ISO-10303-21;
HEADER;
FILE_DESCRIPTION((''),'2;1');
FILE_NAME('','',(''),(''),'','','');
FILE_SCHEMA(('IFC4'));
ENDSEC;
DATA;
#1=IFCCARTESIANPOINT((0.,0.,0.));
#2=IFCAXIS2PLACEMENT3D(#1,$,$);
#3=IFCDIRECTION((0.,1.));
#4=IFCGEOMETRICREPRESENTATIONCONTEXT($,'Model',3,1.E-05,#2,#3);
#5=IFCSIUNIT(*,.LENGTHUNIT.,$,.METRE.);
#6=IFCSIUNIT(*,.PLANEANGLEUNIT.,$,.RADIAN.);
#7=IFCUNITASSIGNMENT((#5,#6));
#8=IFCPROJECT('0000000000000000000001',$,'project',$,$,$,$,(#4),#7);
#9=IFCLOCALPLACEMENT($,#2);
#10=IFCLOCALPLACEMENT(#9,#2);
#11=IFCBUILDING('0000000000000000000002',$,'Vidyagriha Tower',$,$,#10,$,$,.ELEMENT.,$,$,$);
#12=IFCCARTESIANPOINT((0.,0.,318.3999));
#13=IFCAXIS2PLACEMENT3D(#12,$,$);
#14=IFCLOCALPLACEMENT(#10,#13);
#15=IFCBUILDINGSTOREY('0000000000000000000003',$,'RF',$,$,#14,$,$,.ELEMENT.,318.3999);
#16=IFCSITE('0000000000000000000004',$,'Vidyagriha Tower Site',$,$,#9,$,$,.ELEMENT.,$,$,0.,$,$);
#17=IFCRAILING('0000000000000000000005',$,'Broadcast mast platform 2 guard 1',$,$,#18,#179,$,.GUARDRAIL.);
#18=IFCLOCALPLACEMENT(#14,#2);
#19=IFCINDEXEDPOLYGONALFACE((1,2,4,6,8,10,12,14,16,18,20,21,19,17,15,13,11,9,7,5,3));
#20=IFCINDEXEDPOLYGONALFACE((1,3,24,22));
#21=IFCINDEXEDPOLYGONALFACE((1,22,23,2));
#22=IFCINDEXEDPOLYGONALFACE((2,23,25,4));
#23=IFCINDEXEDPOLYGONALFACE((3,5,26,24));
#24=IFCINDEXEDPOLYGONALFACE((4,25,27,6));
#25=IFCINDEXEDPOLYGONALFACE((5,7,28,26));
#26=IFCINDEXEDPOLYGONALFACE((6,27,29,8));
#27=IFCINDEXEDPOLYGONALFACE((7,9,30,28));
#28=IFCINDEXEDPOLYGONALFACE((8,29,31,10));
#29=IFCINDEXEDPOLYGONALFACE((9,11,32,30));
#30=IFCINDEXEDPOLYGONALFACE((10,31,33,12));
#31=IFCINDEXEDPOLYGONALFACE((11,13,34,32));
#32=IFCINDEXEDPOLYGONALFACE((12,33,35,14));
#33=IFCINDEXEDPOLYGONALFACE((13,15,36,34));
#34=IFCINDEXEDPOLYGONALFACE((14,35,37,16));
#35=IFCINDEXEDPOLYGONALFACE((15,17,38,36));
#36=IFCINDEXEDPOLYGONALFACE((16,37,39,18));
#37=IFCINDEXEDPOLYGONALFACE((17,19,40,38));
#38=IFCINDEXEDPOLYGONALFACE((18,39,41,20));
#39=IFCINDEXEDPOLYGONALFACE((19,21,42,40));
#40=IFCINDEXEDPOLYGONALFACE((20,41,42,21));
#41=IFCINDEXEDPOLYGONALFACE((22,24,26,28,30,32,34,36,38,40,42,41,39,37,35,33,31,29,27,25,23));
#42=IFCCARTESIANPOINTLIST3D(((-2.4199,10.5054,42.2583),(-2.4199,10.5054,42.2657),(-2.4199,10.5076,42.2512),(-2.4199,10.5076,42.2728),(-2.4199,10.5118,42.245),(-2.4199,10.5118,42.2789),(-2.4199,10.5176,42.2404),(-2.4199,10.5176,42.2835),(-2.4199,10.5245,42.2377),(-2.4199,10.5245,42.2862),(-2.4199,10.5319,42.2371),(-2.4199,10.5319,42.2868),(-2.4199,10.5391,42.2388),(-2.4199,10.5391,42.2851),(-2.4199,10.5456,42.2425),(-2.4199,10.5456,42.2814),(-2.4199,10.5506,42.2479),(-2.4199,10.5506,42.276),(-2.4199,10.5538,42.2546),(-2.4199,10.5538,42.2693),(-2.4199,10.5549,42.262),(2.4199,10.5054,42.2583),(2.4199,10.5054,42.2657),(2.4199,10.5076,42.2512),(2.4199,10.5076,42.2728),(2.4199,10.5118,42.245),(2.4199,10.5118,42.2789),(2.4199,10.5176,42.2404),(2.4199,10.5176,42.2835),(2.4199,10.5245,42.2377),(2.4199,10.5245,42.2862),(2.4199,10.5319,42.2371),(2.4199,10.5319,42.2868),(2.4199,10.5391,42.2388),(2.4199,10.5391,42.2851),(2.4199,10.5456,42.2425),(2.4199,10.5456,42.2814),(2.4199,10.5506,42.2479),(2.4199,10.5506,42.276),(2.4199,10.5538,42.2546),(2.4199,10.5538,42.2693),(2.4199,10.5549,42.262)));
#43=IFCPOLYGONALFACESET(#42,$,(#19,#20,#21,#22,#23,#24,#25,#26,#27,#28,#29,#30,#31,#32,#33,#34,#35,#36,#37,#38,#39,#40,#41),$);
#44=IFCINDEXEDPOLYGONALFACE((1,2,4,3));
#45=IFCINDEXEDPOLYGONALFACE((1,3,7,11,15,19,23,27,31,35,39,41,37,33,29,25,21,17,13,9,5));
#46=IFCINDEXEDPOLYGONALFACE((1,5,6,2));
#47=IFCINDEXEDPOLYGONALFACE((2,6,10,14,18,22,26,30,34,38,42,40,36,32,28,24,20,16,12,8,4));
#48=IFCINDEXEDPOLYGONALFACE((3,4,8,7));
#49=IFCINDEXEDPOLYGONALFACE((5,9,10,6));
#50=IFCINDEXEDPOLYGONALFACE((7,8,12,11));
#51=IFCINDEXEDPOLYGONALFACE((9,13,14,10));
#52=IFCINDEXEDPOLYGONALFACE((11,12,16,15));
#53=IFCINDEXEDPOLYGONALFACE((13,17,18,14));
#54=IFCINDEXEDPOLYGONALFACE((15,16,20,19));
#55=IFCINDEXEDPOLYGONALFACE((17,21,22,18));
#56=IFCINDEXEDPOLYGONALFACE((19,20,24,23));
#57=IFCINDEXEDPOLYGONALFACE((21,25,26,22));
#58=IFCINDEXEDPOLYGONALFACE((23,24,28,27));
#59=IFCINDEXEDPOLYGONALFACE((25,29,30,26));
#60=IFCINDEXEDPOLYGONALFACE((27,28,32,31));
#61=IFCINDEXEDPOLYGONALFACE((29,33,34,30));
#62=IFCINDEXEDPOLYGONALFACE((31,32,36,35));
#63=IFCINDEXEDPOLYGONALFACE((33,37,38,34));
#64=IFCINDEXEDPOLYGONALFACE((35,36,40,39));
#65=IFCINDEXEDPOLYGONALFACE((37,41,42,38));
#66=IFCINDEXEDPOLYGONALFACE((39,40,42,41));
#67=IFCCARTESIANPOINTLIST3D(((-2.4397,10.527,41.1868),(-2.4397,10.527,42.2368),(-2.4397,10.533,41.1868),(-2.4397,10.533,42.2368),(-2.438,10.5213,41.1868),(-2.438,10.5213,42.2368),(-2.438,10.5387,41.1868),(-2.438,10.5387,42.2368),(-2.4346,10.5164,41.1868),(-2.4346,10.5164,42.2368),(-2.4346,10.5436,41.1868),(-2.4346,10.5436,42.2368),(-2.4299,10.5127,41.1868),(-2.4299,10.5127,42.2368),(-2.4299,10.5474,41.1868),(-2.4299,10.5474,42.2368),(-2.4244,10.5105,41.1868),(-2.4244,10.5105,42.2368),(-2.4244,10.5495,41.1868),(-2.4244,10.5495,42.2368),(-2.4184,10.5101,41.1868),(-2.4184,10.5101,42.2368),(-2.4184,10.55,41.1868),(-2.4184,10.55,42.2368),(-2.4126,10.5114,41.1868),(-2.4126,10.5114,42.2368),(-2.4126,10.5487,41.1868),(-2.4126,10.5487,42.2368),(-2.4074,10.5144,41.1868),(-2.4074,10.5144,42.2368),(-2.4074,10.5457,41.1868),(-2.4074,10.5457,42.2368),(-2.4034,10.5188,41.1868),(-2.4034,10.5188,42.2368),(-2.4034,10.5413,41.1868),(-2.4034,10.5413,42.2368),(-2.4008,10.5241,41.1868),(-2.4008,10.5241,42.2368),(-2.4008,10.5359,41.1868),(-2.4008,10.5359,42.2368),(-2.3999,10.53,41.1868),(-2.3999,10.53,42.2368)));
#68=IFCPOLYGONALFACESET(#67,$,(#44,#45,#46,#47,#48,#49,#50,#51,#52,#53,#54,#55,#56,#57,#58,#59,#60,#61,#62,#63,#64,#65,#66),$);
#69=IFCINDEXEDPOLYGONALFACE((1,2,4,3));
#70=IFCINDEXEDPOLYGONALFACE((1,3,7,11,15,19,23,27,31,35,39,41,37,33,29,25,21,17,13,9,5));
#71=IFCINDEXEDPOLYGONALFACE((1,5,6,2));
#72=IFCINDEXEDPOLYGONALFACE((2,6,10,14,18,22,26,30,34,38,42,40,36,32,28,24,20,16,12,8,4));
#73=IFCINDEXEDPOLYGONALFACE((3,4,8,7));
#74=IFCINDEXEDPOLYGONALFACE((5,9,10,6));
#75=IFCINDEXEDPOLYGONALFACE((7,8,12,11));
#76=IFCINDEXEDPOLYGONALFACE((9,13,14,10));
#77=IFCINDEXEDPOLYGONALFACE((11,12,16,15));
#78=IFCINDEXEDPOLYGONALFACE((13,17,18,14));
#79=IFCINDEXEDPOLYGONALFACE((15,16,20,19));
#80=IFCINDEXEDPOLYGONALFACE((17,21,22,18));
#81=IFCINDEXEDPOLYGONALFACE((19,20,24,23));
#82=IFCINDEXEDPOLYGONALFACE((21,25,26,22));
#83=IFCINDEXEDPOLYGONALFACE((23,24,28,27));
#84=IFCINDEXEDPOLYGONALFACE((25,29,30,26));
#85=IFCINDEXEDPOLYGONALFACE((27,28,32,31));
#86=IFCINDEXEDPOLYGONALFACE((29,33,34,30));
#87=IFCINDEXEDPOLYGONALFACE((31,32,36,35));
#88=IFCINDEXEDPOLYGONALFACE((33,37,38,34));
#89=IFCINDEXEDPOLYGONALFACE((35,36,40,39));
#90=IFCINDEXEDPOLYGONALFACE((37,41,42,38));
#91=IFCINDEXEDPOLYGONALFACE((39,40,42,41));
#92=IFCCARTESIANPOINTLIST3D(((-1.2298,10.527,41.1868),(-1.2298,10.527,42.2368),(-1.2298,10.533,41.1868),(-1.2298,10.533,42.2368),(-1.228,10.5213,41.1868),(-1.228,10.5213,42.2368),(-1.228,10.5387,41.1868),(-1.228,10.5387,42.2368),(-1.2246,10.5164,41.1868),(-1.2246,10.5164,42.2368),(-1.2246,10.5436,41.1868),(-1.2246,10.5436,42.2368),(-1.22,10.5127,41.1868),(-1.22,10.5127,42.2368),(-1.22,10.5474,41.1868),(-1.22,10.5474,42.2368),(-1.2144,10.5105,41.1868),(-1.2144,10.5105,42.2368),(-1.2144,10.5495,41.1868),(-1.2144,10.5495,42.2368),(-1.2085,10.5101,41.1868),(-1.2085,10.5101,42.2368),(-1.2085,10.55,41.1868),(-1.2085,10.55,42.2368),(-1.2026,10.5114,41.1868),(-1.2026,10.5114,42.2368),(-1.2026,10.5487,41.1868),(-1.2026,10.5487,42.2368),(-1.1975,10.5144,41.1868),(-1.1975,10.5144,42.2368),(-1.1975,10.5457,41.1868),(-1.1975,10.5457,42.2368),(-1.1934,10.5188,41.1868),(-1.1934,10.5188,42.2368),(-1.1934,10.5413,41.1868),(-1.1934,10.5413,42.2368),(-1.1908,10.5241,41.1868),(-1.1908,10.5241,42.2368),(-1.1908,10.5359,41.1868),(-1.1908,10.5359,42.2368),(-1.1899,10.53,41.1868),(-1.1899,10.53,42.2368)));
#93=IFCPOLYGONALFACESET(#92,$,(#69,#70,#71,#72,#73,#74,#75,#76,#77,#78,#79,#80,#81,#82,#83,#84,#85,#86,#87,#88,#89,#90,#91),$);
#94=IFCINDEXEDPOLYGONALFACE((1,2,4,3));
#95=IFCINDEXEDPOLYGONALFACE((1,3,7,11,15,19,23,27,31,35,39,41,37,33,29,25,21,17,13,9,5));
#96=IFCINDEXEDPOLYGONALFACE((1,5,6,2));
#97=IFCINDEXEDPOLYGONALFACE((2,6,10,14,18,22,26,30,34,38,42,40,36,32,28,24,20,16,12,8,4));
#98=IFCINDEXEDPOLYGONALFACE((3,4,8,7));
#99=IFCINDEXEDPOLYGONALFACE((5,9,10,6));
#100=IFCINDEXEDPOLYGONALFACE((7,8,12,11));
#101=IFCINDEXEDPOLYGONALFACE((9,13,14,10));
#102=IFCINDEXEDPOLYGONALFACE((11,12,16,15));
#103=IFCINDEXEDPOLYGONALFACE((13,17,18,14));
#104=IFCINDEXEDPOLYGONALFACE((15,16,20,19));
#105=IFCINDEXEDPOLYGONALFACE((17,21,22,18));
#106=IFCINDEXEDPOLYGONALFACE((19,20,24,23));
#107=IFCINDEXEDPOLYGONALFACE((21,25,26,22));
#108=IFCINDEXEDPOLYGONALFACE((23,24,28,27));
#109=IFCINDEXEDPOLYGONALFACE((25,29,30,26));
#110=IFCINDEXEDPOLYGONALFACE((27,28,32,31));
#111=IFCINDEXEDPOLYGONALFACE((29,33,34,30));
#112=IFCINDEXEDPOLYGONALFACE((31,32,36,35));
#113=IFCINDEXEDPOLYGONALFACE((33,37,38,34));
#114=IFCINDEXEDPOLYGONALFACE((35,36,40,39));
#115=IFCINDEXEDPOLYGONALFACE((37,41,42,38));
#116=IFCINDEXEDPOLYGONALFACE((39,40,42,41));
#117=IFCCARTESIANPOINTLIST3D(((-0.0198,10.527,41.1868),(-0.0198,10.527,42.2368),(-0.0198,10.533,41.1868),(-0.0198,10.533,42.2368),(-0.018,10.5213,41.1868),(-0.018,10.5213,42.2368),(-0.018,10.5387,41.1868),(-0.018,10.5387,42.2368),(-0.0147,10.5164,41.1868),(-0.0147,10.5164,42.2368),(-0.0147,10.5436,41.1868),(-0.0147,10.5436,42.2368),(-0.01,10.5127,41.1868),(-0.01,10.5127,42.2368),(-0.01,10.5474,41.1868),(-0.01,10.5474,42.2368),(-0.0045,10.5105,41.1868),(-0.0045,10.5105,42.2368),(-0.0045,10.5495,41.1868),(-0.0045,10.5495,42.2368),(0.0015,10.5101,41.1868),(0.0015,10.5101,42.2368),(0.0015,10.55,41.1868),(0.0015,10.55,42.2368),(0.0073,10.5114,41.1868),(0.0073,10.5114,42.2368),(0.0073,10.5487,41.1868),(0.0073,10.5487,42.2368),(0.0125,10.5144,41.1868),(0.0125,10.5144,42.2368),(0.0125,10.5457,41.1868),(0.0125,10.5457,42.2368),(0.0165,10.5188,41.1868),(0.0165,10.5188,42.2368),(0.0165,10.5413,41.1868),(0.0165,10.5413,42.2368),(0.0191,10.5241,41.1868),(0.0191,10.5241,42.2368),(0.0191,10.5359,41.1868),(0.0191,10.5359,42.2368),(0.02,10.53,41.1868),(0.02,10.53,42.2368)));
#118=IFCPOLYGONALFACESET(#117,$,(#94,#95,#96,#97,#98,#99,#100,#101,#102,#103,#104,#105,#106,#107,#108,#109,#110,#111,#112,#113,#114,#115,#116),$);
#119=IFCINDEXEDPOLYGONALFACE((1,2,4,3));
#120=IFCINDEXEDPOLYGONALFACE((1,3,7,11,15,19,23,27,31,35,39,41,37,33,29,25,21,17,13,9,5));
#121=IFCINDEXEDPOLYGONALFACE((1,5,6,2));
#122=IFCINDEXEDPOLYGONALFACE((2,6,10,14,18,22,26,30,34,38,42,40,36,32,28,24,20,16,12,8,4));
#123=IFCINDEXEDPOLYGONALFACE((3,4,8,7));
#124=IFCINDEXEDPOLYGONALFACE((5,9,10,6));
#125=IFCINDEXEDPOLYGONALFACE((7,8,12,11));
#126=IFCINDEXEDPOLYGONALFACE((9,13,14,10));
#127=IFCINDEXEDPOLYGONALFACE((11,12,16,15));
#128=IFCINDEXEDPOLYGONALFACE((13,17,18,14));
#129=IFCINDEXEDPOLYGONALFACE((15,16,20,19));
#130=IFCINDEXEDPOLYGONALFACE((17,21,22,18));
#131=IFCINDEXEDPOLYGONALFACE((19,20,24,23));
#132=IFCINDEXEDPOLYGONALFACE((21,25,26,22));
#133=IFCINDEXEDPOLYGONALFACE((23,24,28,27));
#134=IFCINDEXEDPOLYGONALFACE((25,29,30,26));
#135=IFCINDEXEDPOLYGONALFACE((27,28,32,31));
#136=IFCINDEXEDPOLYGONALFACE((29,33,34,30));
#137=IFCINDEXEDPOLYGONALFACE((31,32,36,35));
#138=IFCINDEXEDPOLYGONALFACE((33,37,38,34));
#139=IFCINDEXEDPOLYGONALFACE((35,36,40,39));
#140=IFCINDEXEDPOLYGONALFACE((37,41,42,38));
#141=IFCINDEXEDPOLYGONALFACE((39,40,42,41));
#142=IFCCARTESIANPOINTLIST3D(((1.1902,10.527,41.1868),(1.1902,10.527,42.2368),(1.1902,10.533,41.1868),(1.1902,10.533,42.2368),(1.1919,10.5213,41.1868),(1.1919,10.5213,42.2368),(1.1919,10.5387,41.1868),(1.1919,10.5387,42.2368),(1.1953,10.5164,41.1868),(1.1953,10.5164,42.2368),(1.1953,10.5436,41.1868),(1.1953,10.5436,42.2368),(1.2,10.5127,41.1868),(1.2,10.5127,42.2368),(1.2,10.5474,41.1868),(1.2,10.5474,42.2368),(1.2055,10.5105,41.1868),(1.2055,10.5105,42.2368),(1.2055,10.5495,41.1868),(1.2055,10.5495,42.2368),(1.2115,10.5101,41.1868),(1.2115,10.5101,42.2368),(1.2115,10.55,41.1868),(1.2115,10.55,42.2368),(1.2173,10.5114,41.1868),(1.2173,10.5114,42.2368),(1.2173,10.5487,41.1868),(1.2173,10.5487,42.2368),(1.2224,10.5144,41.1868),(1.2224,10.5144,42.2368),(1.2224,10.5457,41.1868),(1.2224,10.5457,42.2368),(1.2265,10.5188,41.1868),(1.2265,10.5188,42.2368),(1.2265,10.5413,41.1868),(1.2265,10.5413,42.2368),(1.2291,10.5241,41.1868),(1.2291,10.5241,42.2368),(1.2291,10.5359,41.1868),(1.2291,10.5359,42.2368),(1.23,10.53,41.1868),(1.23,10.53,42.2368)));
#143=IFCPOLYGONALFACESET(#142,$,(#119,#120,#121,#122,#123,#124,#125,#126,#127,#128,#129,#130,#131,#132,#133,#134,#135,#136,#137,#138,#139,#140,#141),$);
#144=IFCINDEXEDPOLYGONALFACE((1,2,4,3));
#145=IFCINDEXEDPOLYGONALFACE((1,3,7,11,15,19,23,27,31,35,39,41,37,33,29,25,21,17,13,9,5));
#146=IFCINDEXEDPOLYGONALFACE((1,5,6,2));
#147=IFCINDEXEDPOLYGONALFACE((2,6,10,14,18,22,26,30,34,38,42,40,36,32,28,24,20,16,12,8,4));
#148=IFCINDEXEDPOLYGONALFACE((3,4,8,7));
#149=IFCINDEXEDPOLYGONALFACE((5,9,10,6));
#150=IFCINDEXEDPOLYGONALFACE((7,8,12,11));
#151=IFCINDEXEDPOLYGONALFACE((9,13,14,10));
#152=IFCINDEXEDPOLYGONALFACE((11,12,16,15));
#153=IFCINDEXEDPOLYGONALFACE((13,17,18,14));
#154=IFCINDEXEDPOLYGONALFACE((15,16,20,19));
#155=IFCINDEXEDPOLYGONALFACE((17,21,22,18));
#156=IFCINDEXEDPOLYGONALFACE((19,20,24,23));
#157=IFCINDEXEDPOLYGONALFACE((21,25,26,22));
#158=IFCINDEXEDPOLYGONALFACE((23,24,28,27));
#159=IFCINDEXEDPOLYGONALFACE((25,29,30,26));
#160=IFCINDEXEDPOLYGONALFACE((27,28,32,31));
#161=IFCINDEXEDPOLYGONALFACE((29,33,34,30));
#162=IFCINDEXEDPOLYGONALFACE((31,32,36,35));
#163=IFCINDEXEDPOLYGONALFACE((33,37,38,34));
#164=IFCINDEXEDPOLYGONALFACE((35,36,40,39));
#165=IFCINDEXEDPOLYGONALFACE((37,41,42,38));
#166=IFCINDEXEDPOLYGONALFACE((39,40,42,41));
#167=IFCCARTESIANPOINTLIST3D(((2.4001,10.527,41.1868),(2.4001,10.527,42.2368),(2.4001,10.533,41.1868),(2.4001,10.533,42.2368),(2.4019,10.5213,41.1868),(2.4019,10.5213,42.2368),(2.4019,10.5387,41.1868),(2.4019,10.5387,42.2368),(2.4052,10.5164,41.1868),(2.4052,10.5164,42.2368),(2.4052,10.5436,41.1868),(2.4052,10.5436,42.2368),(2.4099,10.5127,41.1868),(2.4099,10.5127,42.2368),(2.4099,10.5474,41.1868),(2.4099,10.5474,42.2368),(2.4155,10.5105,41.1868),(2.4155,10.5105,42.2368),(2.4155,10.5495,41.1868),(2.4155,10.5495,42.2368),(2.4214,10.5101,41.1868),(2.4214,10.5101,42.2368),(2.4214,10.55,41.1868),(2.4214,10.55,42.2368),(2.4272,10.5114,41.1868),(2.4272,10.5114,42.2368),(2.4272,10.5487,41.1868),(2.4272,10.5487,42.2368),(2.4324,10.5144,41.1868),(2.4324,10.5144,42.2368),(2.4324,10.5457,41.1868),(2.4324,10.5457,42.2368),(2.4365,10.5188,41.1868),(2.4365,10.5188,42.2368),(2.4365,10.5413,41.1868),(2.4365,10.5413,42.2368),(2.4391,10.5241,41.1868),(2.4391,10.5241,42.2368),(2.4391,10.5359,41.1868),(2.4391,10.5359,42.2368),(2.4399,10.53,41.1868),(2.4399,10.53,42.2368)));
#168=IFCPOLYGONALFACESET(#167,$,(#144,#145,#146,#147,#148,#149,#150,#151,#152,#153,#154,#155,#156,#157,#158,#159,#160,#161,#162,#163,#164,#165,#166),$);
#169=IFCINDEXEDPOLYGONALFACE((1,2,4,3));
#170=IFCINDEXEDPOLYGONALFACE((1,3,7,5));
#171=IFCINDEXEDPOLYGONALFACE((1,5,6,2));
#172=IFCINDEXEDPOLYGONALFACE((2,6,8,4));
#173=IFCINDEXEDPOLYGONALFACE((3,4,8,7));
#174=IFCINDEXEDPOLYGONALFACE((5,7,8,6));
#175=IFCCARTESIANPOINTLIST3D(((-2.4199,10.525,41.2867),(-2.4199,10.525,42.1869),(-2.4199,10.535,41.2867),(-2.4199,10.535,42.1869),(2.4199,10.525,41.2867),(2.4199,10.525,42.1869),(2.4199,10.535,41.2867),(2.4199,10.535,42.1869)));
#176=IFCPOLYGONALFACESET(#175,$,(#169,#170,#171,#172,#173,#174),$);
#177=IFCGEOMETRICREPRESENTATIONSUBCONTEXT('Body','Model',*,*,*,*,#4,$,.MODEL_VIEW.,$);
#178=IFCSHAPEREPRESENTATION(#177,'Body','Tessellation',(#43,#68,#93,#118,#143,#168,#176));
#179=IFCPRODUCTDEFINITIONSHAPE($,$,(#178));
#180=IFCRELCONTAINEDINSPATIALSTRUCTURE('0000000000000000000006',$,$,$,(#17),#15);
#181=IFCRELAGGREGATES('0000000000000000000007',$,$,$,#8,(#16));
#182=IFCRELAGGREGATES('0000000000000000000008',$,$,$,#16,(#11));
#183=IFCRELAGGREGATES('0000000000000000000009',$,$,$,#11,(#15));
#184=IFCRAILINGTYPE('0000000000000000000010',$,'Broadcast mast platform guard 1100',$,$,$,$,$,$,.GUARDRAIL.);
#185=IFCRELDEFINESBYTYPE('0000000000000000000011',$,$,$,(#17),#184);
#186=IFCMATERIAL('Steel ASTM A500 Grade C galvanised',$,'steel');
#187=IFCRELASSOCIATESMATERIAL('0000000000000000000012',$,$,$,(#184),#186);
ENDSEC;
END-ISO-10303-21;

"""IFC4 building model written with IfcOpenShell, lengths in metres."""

from ifc_helpers import new_model, si_unit, direction, frame, origin, origin_2d, place, context, subcontext, project, spatial, rectangle, circle, extrude, material, type_object, element, save


model = new_model("IFC4")

# Units and contexts
model_context = context("Model", 3, precision=1e-05, world=origin(), true_north=direction((0.0, 1.0)))
body_context = subcontext(model_context, "Body", "Model", "MODEL_VIEW")
ifc_project = project(units=[si_unit("LENGTHUNIT", "METRE"), si_unit("PLANEANGLEUNIT", "RADIAN")], contexts=[model_context])

# Site, building, storey
site_placement = place(None, origin())
site = spatial("IfcSite", under=ifc_project, at=site_placement, Name="Vidyagriha Tower Site", CompositionType="ELEMENT", RefElevation=0.0)
building_placement = place(site_placement, origin())
building = spatial("IfcBuilding", under=site, at=building_placement, Name="Vidyagriha Tower", CompositionType="ELEMENT")
storey_placement = place(building_placement, frame((0.0, 0.0, 318.3999)))
storey = spatial("IfcBuildingStorey", under=building, at=storey_placement, Name="RF", CompositionType="ELEMENT", Elevation=318.3999)

# Railing
ifc_material_1 = material(Name="Steel ASTM A500 Grade C galvanised", Category="steel")
railing_type = type_object("IfcRailingType", Name="Broadcast mast platform guard 1100", PredefinedType="GUARDRAIL", material=ifc_material_1)
railing_1_placement = place(storey_placement, frame((-2.4199, 10.53, 41.1868)))
element("IfcRailing", 1, at=railing_1_placement, inside=storey, type_object=railing_type, Name="Broadcast mast platform 2 guard 1", PredefinedType="GUARDRAIL", context=body_context, shape_type="SweptSolid", body=[
    extrude(circle(Radius=0.0249, at=origin_2d()), frame((0.0, 0.0, 1.0752), z_axis=(1.0, 0.0, 0.0), x_axis=(0.0, 1.0, 0.0)), (0.0, 0.0, 1.0), 4.8398),
    extrude(circle(Radius=0.02, at=origin_2d()), origin(), (0.0, 0.0, 1.0), 1.05),
    extrude(circle(Radius=0.02, at=origin_2d()), frame((1.21, 0.0, 0.0)), (0.0, 0.0, 1.0), 1.05),
    extrude(circle(Radius=0.02, at=origin_2d()), frame((2.4199, 0.0, 0.0)), (0.0, 0.0, 1.0), 1.05),
    extrude(circle(Radius=0.02, at=origin_2d()), frame((3.6299, 0.0, 0.0)), (0.0, 0.0, 1.0), 1.05),
    extrude(circle(Radius=0.02, at=origin_2d()), frame((4.8398, 0.0, 0.0)), (0.0, 0.0, 1.0), 1.05),
    extrude(rectangle(XDim=0.01, YDim=0.9001, at=origin_2d()), frame((0.0, 0.0, 0.55), z_axis=(1.0, 0.0, 0.0), x_axis=(0.0, 1.0, 0.0)), (0.0, 0.0, 1.0), 4.8398),
])

save(model, "model.ifc")
